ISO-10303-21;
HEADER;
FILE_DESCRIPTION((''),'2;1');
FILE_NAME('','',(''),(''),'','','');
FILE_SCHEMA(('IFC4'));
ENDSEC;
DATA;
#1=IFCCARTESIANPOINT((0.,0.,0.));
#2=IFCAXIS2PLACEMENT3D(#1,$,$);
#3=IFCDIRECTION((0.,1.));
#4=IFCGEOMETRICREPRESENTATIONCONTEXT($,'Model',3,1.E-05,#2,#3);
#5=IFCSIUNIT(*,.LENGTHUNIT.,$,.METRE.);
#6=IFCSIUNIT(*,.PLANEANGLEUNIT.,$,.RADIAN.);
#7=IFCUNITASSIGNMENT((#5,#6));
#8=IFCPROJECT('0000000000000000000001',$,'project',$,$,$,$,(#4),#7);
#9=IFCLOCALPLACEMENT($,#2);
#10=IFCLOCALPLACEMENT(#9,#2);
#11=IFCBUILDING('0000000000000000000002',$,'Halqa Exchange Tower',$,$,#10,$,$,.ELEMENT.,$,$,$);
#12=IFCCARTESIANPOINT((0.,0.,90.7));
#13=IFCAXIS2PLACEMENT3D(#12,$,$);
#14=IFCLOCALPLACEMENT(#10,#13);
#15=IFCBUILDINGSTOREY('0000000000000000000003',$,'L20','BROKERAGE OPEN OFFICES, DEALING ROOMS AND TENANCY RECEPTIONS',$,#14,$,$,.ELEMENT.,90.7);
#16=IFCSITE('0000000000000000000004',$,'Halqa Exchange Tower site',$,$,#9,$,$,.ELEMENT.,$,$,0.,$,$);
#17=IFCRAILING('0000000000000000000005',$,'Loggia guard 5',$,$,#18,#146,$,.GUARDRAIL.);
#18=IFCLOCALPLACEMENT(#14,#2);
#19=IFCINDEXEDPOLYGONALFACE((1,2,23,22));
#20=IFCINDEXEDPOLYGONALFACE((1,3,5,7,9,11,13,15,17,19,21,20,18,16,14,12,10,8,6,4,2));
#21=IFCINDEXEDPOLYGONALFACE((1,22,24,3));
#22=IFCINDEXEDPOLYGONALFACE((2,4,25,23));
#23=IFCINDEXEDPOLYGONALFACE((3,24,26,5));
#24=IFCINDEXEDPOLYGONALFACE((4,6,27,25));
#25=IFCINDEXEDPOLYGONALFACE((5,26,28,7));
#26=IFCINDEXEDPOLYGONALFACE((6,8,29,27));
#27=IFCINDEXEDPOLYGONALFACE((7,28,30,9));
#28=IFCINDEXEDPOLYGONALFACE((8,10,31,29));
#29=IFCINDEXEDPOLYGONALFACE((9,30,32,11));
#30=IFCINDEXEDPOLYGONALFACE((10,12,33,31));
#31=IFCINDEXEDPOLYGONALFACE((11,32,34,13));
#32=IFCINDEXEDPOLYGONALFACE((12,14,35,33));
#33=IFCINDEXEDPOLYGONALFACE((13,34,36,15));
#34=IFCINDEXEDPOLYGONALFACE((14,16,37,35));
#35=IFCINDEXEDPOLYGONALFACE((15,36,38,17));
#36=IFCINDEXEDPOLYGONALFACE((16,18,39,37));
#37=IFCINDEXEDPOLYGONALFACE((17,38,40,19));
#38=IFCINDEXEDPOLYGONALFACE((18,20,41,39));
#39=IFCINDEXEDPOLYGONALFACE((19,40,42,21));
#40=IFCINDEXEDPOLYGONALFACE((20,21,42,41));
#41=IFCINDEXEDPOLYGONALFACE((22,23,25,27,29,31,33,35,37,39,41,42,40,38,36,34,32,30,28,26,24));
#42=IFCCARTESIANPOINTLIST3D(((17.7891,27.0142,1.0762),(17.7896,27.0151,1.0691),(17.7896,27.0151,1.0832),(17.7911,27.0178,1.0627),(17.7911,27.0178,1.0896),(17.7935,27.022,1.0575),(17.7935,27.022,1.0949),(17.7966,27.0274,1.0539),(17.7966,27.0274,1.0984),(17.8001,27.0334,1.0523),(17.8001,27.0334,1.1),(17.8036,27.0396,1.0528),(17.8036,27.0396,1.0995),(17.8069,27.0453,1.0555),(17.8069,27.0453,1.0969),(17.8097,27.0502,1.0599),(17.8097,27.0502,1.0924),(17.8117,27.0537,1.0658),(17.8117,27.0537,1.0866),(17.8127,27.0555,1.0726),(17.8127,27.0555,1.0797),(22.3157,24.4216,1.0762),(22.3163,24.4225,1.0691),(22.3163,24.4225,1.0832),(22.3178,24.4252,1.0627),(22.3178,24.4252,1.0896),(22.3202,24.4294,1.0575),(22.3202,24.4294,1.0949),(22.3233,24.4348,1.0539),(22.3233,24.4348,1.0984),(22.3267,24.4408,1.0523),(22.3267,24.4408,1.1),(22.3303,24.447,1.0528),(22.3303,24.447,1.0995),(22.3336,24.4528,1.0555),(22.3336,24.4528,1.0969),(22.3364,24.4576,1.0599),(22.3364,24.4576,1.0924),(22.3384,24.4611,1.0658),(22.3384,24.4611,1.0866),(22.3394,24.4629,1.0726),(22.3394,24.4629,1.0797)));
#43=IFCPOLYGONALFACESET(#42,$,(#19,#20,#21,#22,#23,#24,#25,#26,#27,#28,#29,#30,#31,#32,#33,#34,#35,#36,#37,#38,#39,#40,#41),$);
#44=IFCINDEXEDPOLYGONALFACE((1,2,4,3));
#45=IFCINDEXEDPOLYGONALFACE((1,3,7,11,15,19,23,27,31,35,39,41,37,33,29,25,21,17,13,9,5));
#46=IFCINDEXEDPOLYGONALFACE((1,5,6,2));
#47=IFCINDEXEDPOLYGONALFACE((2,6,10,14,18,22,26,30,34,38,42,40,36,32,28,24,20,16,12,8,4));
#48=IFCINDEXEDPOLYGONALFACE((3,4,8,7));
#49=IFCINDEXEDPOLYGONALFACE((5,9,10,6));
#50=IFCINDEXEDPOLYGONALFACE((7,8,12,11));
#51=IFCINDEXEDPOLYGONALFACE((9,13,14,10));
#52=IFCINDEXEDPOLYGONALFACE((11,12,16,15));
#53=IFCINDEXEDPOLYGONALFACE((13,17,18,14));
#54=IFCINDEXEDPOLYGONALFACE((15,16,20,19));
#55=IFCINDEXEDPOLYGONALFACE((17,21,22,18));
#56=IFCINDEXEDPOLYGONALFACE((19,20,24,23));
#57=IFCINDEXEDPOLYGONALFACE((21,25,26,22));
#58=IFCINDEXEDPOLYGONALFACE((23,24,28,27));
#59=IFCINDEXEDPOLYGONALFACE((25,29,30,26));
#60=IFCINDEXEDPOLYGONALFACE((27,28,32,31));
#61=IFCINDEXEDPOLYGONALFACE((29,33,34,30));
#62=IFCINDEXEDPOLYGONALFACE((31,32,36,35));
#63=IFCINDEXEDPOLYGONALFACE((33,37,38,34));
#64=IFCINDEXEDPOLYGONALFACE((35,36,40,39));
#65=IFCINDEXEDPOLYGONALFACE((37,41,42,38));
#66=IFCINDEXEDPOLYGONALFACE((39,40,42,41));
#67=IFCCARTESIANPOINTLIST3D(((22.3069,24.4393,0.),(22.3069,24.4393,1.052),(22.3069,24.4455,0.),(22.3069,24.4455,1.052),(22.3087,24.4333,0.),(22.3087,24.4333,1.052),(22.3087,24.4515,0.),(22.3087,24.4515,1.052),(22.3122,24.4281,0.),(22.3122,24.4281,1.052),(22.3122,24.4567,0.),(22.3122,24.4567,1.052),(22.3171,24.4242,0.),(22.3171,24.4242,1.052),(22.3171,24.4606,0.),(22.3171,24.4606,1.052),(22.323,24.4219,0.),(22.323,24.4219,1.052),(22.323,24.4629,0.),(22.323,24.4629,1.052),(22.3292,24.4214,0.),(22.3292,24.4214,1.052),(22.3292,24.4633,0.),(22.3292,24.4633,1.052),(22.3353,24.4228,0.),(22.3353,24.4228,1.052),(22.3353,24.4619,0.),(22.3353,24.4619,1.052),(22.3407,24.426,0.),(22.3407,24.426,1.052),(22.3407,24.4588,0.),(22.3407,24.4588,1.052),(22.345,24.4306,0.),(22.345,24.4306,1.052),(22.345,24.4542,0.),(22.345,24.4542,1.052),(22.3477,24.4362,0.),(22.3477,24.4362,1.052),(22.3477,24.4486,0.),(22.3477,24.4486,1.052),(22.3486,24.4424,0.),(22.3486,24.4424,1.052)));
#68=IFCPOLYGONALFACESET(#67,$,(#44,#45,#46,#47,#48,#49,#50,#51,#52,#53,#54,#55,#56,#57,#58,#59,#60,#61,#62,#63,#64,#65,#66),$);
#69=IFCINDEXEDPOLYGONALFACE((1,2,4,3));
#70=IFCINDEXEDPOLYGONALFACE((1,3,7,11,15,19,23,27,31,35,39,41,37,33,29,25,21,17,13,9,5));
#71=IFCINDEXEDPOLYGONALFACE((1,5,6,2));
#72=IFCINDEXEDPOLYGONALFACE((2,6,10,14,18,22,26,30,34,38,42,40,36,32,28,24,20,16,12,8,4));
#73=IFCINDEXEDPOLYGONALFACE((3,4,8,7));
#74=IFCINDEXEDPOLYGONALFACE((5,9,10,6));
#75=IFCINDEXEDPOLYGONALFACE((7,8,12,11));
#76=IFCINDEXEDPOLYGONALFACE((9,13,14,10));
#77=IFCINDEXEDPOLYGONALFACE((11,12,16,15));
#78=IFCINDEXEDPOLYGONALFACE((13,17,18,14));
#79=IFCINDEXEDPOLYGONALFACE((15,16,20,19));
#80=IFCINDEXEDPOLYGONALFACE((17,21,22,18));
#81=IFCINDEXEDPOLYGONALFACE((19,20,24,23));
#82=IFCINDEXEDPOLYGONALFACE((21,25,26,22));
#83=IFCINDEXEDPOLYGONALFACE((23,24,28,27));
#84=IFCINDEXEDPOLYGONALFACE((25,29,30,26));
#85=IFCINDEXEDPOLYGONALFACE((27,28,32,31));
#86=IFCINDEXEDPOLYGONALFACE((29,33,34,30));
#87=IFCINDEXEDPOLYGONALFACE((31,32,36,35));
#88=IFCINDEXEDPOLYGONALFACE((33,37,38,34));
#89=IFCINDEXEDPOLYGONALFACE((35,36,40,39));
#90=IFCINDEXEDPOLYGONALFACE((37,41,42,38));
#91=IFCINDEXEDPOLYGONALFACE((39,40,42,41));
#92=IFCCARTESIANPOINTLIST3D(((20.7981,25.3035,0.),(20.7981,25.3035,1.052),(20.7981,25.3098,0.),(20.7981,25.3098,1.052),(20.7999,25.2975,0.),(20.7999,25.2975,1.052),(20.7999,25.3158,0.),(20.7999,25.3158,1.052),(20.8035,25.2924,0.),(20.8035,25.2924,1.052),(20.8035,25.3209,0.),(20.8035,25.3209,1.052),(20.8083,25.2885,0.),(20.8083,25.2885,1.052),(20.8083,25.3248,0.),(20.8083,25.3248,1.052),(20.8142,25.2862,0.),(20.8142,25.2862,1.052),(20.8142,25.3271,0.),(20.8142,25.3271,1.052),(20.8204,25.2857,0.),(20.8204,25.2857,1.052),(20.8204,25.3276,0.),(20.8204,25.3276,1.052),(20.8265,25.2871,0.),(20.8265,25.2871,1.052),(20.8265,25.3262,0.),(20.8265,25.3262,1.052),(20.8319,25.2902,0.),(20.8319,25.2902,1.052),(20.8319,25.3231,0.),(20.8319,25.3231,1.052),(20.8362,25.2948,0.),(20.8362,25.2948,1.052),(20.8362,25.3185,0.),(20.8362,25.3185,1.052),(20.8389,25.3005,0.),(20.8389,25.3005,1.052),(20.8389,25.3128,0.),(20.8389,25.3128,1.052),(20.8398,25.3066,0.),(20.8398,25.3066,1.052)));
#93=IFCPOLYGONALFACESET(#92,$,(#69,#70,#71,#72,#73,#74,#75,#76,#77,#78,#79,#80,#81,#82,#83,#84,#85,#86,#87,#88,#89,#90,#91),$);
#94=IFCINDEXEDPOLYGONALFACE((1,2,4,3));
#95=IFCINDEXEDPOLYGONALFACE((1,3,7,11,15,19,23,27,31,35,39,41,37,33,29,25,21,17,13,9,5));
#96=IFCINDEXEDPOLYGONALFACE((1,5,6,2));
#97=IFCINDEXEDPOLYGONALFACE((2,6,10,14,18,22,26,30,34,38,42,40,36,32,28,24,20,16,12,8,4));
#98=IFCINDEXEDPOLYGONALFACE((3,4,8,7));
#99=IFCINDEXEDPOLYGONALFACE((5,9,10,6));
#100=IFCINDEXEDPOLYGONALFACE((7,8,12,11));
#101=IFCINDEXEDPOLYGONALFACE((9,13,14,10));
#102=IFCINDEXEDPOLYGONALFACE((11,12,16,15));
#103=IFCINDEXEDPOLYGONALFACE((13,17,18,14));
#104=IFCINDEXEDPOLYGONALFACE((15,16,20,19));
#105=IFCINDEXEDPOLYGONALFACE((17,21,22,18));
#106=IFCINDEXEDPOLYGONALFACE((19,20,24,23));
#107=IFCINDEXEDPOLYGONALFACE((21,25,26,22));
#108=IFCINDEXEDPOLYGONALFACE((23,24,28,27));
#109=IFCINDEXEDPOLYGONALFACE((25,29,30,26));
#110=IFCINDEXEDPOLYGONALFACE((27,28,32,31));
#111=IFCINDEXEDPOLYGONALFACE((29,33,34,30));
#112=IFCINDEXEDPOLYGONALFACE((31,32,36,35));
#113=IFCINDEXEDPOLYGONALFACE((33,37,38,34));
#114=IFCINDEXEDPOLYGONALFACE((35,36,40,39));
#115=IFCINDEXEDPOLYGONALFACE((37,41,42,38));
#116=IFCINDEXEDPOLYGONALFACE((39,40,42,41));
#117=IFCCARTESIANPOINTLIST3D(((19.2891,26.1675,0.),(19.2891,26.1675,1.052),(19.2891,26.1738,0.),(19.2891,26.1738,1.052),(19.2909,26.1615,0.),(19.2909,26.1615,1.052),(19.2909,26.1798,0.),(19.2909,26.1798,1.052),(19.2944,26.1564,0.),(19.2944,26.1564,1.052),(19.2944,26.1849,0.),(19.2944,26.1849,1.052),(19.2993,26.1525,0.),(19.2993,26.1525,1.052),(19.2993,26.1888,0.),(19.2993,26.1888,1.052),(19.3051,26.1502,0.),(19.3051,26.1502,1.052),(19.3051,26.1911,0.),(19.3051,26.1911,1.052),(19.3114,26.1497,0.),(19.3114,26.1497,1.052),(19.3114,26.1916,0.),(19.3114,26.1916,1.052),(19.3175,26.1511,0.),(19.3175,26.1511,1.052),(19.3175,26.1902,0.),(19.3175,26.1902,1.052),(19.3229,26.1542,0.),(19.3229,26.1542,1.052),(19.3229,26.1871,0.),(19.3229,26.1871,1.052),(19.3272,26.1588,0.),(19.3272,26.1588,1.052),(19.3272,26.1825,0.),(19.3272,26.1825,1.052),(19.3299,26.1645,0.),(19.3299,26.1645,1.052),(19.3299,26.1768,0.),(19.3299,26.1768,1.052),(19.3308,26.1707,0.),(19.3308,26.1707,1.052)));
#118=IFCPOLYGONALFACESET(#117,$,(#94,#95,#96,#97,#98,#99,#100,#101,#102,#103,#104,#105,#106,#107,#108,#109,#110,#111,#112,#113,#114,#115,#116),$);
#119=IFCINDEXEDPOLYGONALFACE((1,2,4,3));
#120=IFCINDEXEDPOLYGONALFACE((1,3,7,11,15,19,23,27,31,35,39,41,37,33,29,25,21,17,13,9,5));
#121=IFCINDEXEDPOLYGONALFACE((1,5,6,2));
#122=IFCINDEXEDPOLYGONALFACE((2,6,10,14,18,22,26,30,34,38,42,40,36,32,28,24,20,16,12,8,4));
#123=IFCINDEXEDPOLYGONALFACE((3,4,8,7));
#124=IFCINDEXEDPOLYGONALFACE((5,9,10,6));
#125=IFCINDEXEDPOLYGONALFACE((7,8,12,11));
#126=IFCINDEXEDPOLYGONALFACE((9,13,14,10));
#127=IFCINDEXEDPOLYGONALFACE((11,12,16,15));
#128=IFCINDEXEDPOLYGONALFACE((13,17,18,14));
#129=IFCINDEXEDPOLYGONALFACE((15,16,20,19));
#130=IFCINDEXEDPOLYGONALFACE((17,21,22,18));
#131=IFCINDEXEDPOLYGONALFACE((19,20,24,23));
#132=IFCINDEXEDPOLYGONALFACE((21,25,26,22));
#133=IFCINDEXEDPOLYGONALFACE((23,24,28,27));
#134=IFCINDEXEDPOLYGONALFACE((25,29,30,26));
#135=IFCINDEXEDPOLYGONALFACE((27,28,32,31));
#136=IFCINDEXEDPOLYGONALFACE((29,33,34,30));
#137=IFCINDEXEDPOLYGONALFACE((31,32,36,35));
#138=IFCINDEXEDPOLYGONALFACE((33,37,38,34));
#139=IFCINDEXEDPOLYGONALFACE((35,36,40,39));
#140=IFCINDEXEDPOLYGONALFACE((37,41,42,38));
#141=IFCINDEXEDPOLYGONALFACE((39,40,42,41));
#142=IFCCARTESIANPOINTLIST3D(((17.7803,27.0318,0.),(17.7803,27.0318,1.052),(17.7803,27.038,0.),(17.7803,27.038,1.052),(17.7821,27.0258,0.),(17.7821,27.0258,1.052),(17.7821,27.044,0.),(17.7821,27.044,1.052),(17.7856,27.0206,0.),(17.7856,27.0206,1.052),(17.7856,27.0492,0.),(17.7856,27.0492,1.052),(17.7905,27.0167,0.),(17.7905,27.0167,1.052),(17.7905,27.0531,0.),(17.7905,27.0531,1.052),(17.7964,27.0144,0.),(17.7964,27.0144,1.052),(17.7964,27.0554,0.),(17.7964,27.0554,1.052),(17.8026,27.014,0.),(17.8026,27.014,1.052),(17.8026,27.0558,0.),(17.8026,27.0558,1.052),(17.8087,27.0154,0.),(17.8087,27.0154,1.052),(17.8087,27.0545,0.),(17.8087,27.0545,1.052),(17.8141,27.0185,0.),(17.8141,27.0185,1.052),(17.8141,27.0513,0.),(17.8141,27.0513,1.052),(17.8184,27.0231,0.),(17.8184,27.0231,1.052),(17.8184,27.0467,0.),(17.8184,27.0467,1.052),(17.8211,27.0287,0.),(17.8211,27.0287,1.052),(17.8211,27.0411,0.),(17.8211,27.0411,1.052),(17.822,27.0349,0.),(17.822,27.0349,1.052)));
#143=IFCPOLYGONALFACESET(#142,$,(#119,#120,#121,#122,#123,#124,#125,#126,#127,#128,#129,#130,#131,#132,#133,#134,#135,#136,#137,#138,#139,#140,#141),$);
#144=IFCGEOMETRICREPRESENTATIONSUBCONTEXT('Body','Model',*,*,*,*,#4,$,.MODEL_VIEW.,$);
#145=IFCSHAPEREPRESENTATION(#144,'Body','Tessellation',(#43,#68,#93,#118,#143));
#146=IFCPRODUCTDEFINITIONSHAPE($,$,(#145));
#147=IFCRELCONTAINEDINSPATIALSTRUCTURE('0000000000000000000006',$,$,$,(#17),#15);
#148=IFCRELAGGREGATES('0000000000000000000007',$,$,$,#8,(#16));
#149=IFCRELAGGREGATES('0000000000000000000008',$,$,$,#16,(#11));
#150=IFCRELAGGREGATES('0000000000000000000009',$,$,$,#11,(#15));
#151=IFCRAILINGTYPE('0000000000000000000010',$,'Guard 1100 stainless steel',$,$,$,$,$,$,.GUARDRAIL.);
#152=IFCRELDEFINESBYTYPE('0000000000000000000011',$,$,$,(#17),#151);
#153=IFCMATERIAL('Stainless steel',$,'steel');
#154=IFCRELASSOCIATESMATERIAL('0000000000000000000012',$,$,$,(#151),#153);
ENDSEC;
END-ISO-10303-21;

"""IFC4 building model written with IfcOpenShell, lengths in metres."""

from ifc_helpers import new_model, si_unit, direction, frame, origin, origin_2d, place, context, subcontext, project, spatial, circle, extrude, material, type_object, element, save


model = new_model("IFC4")

# Units and contexts
model_context = context("Model", 3, precision=1e-05, world=origin(), true_north=direction((0.0, 1.0)))
body_context = subcontext(model_context, "Body", "Model", "MODEL_VIEW")
ifc_project = project(units=[si_unit("LENGTHUNIT", "METRE"), si_unit("PLANEANGLEUNIT", "RADIAN")], contexts=[model_context])

# Site, building, storey
site_placement = place(None, origin())
site = spatial("IfcSite", under=ifc_project, at=site_placement, Name="Halqa Exchange Tower site", CompositionType="ELEMENT", RefElevation=0.0)
building_placement = place(site_placement, origin())
building = spatial("IfcBuilding", under=site, at=building_placement, Name="Halqa Exchange Tower", CompositionType="ELEMENT")
storey_placement = place(building_placement, frame((0.0, 0.0, 90.7)))
storey = spatial("IfcBuildingStorey", under=building, at=storey_placement, Name="L20", Description="BROKERAGE OPEN OFFICES, DEALING ROOMS AND TENANCY RECEPTIONS", CompositionType="ELEMENT", Elevation=90.7)

# Railing
ifc_material_1 = material(Name="Stainless steel", Category="steel")
railing_type = type_object("IfcRailingType", Name="Guard 1100 stainless steel", PredefinedType="GUARDRAIL", material=ifc_material_1)
railing_1_placement = place(storey_placement, frame((22.3276, 24.4424, 0.0)))
element("IfcRailing", 1, at=railing_1_placement, inside=storey, type_object=railing_type, Name="Loggia guard 5", PredefinedType="GUARDRAIL", context=body_context, shape_type="SweptSolid", body=[
    extrude(circle(Radius=0.0239, at=origin_2d()), frame((0.0, 0.0, 1.0762), z_axis=(-0.867756, 0.49699, 0.0), x_axis=(-0.49699, -0.867756, 0.0)), (0.0, 0.0, 1.0), 5.2166),
    extrude(circle(Radius=0.021, at=origin_2d()), origin(), (0.0, 0.0, 1.0), 1.052),
    extrude(circle(Radius=0.021, at=origin_2d()), frame((-1.5088, 0.8643, 0.0)), (0.0, 0.0, 1.0), 1.052),
    extrude(circle(Radius=0.021, at=origin_2d()), frame((-3.0178, 1.7283, 0.0)), (0.0, 0.0, 1.0), 1.052),
    extrude(circle(Radius=0.021, at=origin_2d()), frame((-4.5266, 2.5925, 0.0)), (0.0, 0.0, 1.0), 1.052),
])

save(model, "model.ifc")
